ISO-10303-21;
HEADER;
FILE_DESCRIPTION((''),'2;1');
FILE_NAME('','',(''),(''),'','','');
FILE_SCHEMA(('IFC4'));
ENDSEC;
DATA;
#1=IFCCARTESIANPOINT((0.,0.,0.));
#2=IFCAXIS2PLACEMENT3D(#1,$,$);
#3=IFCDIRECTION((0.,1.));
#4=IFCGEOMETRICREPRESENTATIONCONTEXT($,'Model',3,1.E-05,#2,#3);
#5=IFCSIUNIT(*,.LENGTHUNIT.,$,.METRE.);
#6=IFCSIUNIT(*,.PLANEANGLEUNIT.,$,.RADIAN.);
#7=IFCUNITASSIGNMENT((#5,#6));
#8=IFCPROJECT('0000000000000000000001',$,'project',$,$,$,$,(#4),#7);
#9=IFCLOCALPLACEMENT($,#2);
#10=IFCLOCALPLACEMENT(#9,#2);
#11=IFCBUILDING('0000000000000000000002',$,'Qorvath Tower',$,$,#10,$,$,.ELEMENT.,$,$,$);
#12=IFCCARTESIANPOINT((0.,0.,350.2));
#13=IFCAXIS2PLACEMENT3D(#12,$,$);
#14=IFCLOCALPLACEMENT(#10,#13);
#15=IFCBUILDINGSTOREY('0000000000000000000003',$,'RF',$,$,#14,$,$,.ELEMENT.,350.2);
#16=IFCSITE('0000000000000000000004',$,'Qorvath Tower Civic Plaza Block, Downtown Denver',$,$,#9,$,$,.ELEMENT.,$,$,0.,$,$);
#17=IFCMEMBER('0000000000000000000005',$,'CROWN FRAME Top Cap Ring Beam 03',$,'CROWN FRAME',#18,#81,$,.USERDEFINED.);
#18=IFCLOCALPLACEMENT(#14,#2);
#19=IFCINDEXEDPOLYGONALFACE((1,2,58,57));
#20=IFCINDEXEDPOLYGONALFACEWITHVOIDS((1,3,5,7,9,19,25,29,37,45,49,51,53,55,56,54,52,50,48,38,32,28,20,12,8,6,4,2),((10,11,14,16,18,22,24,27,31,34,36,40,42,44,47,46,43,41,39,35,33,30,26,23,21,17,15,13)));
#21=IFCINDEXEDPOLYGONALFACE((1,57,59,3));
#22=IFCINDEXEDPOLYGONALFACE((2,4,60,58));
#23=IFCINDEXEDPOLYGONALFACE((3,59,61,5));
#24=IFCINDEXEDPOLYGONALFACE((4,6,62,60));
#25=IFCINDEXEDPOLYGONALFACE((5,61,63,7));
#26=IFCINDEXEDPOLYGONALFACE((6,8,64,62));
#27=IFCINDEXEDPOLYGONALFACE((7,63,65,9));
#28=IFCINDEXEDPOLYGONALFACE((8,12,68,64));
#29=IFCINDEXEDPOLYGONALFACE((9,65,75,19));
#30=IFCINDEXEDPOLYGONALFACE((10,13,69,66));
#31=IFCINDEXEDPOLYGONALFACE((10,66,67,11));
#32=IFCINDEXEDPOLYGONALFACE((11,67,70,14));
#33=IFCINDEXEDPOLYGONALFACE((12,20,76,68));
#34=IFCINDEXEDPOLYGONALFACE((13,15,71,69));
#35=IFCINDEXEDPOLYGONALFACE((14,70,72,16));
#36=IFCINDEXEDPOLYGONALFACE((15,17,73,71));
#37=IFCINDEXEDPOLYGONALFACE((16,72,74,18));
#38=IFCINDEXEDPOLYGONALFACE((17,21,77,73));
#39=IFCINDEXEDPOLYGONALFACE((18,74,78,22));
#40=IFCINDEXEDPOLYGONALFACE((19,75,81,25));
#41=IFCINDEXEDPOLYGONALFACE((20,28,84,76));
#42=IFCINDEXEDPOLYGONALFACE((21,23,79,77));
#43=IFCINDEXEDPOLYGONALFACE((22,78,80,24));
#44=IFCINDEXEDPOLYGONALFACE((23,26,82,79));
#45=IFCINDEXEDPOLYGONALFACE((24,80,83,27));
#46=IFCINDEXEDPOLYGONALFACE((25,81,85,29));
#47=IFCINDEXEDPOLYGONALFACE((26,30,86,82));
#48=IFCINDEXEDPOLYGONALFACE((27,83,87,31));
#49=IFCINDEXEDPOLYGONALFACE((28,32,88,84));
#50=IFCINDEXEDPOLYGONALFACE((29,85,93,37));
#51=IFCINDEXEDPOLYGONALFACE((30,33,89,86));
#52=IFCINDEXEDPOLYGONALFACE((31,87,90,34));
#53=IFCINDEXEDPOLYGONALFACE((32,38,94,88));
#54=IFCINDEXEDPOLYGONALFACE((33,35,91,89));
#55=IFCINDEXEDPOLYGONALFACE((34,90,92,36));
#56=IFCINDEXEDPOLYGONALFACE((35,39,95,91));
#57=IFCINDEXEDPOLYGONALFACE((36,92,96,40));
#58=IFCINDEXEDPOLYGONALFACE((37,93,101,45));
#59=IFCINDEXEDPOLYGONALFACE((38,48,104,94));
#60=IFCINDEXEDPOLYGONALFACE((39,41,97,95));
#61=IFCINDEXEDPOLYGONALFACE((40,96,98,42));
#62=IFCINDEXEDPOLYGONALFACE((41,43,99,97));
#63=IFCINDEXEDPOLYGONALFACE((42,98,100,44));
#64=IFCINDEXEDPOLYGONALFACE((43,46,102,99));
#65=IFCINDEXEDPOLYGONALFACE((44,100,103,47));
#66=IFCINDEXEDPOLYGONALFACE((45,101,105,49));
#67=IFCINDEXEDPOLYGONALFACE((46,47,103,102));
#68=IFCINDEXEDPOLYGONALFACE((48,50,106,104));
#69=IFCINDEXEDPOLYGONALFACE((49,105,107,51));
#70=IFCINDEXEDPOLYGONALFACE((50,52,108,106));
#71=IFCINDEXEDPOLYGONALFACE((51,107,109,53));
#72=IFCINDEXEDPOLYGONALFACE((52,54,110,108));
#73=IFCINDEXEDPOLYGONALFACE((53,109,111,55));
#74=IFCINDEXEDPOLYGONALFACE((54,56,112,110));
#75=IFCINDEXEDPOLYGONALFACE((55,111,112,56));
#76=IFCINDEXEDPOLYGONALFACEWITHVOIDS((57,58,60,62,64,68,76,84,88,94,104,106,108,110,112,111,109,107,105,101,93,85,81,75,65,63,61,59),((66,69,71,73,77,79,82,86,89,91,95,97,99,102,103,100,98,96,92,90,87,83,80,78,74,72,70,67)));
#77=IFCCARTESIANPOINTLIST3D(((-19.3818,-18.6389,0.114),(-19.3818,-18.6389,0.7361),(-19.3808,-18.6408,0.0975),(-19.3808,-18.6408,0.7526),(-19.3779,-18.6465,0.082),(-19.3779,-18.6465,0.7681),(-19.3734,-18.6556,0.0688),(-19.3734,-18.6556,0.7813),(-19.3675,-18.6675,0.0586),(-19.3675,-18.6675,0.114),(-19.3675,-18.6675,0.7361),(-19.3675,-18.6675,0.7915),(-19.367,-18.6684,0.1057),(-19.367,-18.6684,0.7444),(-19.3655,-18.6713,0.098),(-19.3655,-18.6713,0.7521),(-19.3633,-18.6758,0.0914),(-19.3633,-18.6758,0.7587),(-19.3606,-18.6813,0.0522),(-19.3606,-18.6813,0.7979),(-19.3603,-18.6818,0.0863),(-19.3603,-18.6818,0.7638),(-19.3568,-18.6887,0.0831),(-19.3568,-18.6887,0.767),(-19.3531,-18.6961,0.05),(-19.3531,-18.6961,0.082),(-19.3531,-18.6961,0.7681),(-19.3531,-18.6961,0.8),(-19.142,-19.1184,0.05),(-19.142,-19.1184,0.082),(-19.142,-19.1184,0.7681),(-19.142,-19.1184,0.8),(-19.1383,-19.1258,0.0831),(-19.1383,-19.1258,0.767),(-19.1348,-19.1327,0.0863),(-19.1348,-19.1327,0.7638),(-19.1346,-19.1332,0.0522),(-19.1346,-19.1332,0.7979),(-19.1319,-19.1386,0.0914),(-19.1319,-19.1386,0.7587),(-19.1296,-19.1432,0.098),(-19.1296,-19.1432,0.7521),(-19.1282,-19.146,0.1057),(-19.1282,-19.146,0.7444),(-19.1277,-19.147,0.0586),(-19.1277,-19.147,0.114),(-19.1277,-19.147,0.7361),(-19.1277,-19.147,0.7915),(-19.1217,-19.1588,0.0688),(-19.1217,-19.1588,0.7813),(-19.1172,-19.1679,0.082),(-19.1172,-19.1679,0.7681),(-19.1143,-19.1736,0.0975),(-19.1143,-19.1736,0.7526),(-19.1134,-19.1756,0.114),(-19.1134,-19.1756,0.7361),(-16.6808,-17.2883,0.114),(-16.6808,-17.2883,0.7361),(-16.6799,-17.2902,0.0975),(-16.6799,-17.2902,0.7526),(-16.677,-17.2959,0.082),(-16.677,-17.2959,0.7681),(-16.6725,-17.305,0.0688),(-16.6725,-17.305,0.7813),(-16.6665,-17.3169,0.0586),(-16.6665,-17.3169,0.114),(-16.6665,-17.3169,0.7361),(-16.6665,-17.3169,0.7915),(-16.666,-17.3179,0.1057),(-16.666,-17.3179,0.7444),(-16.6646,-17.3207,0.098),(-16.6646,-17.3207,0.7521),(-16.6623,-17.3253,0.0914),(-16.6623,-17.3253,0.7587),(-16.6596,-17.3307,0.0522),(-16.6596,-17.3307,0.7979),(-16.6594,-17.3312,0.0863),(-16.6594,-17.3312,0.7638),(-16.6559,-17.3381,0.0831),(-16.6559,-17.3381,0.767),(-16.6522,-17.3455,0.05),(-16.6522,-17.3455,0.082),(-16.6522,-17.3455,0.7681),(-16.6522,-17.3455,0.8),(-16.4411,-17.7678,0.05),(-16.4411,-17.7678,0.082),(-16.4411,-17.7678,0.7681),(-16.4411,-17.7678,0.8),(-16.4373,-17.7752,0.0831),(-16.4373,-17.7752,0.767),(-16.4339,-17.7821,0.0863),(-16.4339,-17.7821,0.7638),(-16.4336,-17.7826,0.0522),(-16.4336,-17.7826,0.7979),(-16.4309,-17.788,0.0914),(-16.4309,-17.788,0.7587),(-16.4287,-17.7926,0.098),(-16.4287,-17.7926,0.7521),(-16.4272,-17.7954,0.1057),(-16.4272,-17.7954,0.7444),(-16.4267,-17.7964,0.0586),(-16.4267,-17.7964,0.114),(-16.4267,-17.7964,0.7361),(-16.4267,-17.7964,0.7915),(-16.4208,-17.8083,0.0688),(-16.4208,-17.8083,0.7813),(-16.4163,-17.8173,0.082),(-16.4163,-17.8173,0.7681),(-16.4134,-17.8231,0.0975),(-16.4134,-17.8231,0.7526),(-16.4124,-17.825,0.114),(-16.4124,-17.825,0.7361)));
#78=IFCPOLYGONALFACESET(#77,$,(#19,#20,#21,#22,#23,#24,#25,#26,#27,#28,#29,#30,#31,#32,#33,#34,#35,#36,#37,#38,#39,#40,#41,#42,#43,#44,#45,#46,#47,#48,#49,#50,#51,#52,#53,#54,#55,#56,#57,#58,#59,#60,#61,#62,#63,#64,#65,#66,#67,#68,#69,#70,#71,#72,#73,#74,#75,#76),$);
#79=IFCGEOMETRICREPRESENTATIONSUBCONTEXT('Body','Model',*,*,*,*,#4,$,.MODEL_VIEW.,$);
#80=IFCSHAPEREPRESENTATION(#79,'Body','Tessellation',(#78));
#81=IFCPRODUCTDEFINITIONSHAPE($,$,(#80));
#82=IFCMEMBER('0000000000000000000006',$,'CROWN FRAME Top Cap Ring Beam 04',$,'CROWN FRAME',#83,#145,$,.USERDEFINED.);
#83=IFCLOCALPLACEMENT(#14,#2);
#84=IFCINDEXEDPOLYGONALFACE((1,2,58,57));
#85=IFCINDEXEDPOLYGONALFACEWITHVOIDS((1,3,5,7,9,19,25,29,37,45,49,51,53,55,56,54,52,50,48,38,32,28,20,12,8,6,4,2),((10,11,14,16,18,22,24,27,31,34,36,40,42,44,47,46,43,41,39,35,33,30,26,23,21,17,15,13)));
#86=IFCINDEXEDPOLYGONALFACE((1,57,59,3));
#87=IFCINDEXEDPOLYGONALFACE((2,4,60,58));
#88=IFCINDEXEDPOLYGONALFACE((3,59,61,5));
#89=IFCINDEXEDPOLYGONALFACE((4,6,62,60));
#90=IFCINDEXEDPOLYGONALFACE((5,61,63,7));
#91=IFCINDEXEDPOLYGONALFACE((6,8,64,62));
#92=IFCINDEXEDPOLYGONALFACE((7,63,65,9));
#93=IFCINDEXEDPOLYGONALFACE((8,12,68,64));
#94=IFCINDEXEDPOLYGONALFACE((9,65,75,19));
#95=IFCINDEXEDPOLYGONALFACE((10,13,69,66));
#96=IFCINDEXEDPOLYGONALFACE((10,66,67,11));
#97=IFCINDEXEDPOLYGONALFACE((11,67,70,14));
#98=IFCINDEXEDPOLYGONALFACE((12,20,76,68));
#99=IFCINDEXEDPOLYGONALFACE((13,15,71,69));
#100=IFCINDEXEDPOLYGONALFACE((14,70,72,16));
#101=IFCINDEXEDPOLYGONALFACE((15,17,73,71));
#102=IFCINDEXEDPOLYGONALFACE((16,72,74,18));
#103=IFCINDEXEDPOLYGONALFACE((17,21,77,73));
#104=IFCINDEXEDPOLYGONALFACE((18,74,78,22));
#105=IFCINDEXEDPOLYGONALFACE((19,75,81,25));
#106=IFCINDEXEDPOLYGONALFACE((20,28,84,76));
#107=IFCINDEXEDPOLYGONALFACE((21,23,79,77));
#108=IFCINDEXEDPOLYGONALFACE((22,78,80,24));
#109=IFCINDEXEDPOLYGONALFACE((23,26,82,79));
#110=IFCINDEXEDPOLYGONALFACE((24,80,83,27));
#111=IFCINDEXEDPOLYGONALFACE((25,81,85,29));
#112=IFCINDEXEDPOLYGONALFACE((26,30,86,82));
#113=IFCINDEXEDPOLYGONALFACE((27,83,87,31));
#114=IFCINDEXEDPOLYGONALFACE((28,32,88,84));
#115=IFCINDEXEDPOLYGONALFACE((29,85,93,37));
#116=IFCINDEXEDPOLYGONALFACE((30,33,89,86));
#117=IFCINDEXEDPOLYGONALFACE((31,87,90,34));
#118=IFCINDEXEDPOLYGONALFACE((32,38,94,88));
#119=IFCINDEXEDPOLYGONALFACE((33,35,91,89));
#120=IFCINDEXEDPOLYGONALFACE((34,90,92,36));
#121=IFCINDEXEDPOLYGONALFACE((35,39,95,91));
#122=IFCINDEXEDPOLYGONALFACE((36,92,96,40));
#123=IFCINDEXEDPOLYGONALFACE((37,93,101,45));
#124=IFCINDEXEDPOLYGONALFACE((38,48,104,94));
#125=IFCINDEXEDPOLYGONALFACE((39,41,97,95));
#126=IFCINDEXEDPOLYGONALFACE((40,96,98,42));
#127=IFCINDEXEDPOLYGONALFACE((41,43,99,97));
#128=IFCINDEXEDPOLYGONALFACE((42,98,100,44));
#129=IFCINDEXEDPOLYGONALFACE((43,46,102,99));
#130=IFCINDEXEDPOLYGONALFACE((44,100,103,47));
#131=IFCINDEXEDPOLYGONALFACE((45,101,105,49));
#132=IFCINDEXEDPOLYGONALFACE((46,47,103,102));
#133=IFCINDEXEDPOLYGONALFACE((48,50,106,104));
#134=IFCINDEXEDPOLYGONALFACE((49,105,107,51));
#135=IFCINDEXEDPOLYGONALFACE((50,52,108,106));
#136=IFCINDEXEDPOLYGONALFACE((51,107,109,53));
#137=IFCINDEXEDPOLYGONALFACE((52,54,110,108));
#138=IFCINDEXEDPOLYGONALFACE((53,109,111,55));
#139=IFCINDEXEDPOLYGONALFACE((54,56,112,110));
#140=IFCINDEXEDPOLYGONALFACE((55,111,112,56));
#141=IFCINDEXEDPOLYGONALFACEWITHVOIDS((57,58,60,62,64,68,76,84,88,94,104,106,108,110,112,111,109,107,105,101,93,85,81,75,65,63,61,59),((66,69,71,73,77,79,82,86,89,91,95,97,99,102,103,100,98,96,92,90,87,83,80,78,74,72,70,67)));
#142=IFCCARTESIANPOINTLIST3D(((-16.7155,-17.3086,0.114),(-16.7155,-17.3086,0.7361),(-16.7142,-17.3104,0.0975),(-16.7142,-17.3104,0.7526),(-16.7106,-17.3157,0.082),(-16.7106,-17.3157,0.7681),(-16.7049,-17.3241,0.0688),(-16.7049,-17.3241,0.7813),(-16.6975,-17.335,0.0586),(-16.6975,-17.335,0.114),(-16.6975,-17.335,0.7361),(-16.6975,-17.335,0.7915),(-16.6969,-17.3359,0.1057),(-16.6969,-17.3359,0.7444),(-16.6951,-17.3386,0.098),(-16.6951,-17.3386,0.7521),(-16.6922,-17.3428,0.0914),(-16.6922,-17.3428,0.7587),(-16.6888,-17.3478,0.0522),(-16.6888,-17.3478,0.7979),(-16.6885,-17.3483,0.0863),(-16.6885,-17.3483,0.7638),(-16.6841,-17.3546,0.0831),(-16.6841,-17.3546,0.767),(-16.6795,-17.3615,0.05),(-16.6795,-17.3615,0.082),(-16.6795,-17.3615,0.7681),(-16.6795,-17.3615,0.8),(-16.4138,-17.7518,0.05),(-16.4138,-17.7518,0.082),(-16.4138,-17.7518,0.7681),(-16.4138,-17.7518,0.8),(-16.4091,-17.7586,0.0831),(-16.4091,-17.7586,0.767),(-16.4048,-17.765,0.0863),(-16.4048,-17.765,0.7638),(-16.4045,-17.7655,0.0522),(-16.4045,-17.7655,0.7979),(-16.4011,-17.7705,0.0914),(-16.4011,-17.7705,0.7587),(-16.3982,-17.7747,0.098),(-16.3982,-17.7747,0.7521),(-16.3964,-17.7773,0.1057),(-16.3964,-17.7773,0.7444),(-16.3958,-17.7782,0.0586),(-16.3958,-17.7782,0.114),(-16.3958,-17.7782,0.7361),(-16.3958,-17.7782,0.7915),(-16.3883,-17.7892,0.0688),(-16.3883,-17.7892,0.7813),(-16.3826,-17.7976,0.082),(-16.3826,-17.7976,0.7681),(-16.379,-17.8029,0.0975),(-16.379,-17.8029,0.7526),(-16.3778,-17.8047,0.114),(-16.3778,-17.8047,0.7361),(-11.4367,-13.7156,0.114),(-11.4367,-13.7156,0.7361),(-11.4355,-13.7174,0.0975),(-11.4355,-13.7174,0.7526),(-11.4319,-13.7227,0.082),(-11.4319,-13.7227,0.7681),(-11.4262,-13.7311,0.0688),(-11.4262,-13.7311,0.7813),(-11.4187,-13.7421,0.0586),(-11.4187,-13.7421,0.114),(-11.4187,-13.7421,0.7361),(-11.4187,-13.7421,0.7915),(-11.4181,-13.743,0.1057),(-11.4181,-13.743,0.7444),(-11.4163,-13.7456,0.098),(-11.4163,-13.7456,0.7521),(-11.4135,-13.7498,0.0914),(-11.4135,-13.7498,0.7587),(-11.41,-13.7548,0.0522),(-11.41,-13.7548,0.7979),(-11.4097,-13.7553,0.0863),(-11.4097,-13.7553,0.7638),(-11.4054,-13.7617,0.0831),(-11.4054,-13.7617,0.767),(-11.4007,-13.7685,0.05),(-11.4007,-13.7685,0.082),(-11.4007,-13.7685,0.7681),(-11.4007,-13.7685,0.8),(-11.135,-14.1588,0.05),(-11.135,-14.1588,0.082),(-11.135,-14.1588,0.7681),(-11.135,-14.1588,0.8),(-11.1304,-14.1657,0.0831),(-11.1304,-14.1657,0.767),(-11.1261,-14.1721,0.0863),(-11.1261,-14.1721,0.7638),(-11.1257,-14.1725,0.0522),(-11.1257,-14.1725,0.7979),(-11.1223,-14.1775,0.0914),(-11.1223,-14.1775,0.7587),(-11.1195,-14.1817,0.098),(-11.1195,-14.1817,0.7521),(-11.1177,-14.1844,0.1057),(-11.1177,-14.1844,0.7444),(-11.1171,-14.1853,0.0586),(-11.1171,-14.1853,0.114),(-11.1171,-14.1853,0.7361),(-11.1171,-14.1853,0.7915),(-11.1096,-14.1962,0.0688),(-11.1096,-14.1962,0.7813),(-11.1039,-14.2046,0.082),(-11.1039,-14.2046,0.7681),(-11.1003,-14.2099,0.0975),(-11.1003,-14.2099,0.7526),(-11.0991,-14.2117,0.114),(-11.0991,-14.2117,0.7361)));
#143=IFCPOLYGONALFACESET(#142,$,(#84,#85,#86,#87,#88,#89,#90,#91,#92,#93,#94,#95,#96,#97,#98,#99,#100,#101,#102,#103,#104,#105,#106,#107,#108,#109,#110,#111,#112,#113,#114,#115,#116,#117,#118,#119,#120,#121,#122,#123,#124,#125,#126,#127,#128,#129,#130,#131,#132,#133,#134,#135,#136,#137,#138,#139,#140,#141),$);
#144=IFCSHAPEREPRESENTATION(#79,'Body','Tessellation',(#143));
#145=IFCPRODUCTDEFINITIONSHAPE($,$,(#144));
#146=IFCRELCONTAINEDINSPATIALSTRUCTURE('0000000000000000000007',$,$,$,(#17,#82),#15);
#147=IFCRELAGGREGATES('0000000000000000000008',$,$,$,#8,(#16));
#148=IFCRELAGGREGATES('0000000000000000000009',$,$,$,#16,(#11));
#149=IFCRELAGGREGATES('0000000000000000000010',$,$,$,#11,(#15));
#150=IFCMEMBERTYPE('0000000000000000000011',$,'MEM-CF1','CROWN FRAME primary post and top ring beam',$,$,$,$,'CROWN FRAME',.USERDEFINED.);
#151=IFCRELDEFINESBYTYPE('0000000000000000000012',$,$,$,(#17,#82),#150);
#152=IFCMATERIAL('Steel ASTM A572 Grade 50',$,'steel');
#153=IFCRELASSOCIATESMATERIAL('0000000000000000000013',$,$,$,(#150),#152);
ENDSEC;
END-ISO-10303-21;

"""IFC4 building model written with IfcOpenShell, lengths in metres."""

from ifc_helpers import new_model, si_unit, direction, frame, origin, origin_2d, place, context, subcontext, project, spatial, hollow_rectangle, extrude, material, material_profile, profile_set, type_object, element, save


model = new_model("IFC4")

# Units and contexts
model_context = context("Model", 3, precision=1e-05, world=origin(), true_north=direction((0.0, 1.0)))
body_context = subcontext(model_context, "Body", "Model", "MODEL_VIEW")
ifc_project = project(units=[si_unit("LENGTHUNIT", "METRE"), si_unit("PLANEANGLEUNIT", "RADIAN")], contexts=[model_context])

# Site, building, storey
site_placement = place(None, origin())
site = spatial("IfcSite", under=ifc_project, at=site_placement, Name="Qorvath Tower Civic Plaza Block, Downtown Denver", CompositionType="ELEMENT", RefElevation=0.0)
building_placement = place(site_placement, origin())
building = spatial("IfcBuilding", under=site, at=building_placement, Name="Qorvath Tower", CompositionType="ELEMENT")
storey_placement = place(building_placement, frame((0.0, 0.0, 350.2)))
storey = spatial("IfcBuildingStorey", under=building, at=storey_placement, Name="RF", CompositionType="ELEMENT", Elevation=350.2)

# Members
ifc_material_1 = material(Name="Steel ASTM A572 Grade 50", Category="steel")
ifc_material_profile_1 = material_profile(ifc_material_1, hollow_rectangle(XDim=0.6001, YDim=0.75, WallThickness=0.032, InnerFilletRadius=0.032, OuterFilletRadius=0.064, at=origin_2d()), Name="CROWN BOX 750x600x32")
ifc_profile_set_1 = profile_set([ifc_material_profile_1], Name="Steel ASTM A572 Grade 50")
member_type_1 = type_object("IfcMemberType", Name="MEM-CF1", Description="CROWN FRAME primary post and top ring beam", ElementType="CROWN FRAME", PredefinedType="USERDEFINED", material=ifc_profile_set_1)
member_1_placement = place(storey_placement, frame((-19.2476, -18.9072, 0.425), z_axis=(0.894411, 0.447246, 0.0), x_axis=(-0.447246, 0.894411, 0.0)))
element("IfcMember", 1, at=member_1_placement, inside=storey, type_object=member_type_1, Name="CROWN FRAME Top Cap Ring Beam 03", ObjectType="CROWN FRAME", PredefinedType="USERDEFINED", context=body_context, shape_type="SweptSolid", body=[
    extrude(hollow_rectangle(XDim=0.6001, YDim=0.75, WallThickness=0.032, InnerFilletRadius=0.032, OuterFilletRadius=0.064, at=origin_2d()), origin(), (0.0, 0.0, 1.0), 3.0198),
])
member_2_placement = place(storey_placement, frame((-16.5466, -17.5566, 0.425), z_axis=(0.826677, 0.562677, 0.0), x_axis=(-0.562677, 0.826677, 0.0)))
element("IfcMember", 2, at=member_2_placement, inside=storey, type_object=member_type_1, Name="CROWN FRAME Top Cap Ring Beam 04", ObjectType="CROWN FRAME", PredefinedType="USERDEFINED", context=body_context, shape_type="SweptSolid", body=[
    extrude(hollow_rectangle(XDim=0.6001, YDim=0.75, WallThickness=0.032, InnerFilletRadius=0.032, OuterFilletRadius=0.064, at=origin_2d()), origin(), (0.0, 0.0, 1.0), 6.3855),
])

save(model, "model.ifc")
